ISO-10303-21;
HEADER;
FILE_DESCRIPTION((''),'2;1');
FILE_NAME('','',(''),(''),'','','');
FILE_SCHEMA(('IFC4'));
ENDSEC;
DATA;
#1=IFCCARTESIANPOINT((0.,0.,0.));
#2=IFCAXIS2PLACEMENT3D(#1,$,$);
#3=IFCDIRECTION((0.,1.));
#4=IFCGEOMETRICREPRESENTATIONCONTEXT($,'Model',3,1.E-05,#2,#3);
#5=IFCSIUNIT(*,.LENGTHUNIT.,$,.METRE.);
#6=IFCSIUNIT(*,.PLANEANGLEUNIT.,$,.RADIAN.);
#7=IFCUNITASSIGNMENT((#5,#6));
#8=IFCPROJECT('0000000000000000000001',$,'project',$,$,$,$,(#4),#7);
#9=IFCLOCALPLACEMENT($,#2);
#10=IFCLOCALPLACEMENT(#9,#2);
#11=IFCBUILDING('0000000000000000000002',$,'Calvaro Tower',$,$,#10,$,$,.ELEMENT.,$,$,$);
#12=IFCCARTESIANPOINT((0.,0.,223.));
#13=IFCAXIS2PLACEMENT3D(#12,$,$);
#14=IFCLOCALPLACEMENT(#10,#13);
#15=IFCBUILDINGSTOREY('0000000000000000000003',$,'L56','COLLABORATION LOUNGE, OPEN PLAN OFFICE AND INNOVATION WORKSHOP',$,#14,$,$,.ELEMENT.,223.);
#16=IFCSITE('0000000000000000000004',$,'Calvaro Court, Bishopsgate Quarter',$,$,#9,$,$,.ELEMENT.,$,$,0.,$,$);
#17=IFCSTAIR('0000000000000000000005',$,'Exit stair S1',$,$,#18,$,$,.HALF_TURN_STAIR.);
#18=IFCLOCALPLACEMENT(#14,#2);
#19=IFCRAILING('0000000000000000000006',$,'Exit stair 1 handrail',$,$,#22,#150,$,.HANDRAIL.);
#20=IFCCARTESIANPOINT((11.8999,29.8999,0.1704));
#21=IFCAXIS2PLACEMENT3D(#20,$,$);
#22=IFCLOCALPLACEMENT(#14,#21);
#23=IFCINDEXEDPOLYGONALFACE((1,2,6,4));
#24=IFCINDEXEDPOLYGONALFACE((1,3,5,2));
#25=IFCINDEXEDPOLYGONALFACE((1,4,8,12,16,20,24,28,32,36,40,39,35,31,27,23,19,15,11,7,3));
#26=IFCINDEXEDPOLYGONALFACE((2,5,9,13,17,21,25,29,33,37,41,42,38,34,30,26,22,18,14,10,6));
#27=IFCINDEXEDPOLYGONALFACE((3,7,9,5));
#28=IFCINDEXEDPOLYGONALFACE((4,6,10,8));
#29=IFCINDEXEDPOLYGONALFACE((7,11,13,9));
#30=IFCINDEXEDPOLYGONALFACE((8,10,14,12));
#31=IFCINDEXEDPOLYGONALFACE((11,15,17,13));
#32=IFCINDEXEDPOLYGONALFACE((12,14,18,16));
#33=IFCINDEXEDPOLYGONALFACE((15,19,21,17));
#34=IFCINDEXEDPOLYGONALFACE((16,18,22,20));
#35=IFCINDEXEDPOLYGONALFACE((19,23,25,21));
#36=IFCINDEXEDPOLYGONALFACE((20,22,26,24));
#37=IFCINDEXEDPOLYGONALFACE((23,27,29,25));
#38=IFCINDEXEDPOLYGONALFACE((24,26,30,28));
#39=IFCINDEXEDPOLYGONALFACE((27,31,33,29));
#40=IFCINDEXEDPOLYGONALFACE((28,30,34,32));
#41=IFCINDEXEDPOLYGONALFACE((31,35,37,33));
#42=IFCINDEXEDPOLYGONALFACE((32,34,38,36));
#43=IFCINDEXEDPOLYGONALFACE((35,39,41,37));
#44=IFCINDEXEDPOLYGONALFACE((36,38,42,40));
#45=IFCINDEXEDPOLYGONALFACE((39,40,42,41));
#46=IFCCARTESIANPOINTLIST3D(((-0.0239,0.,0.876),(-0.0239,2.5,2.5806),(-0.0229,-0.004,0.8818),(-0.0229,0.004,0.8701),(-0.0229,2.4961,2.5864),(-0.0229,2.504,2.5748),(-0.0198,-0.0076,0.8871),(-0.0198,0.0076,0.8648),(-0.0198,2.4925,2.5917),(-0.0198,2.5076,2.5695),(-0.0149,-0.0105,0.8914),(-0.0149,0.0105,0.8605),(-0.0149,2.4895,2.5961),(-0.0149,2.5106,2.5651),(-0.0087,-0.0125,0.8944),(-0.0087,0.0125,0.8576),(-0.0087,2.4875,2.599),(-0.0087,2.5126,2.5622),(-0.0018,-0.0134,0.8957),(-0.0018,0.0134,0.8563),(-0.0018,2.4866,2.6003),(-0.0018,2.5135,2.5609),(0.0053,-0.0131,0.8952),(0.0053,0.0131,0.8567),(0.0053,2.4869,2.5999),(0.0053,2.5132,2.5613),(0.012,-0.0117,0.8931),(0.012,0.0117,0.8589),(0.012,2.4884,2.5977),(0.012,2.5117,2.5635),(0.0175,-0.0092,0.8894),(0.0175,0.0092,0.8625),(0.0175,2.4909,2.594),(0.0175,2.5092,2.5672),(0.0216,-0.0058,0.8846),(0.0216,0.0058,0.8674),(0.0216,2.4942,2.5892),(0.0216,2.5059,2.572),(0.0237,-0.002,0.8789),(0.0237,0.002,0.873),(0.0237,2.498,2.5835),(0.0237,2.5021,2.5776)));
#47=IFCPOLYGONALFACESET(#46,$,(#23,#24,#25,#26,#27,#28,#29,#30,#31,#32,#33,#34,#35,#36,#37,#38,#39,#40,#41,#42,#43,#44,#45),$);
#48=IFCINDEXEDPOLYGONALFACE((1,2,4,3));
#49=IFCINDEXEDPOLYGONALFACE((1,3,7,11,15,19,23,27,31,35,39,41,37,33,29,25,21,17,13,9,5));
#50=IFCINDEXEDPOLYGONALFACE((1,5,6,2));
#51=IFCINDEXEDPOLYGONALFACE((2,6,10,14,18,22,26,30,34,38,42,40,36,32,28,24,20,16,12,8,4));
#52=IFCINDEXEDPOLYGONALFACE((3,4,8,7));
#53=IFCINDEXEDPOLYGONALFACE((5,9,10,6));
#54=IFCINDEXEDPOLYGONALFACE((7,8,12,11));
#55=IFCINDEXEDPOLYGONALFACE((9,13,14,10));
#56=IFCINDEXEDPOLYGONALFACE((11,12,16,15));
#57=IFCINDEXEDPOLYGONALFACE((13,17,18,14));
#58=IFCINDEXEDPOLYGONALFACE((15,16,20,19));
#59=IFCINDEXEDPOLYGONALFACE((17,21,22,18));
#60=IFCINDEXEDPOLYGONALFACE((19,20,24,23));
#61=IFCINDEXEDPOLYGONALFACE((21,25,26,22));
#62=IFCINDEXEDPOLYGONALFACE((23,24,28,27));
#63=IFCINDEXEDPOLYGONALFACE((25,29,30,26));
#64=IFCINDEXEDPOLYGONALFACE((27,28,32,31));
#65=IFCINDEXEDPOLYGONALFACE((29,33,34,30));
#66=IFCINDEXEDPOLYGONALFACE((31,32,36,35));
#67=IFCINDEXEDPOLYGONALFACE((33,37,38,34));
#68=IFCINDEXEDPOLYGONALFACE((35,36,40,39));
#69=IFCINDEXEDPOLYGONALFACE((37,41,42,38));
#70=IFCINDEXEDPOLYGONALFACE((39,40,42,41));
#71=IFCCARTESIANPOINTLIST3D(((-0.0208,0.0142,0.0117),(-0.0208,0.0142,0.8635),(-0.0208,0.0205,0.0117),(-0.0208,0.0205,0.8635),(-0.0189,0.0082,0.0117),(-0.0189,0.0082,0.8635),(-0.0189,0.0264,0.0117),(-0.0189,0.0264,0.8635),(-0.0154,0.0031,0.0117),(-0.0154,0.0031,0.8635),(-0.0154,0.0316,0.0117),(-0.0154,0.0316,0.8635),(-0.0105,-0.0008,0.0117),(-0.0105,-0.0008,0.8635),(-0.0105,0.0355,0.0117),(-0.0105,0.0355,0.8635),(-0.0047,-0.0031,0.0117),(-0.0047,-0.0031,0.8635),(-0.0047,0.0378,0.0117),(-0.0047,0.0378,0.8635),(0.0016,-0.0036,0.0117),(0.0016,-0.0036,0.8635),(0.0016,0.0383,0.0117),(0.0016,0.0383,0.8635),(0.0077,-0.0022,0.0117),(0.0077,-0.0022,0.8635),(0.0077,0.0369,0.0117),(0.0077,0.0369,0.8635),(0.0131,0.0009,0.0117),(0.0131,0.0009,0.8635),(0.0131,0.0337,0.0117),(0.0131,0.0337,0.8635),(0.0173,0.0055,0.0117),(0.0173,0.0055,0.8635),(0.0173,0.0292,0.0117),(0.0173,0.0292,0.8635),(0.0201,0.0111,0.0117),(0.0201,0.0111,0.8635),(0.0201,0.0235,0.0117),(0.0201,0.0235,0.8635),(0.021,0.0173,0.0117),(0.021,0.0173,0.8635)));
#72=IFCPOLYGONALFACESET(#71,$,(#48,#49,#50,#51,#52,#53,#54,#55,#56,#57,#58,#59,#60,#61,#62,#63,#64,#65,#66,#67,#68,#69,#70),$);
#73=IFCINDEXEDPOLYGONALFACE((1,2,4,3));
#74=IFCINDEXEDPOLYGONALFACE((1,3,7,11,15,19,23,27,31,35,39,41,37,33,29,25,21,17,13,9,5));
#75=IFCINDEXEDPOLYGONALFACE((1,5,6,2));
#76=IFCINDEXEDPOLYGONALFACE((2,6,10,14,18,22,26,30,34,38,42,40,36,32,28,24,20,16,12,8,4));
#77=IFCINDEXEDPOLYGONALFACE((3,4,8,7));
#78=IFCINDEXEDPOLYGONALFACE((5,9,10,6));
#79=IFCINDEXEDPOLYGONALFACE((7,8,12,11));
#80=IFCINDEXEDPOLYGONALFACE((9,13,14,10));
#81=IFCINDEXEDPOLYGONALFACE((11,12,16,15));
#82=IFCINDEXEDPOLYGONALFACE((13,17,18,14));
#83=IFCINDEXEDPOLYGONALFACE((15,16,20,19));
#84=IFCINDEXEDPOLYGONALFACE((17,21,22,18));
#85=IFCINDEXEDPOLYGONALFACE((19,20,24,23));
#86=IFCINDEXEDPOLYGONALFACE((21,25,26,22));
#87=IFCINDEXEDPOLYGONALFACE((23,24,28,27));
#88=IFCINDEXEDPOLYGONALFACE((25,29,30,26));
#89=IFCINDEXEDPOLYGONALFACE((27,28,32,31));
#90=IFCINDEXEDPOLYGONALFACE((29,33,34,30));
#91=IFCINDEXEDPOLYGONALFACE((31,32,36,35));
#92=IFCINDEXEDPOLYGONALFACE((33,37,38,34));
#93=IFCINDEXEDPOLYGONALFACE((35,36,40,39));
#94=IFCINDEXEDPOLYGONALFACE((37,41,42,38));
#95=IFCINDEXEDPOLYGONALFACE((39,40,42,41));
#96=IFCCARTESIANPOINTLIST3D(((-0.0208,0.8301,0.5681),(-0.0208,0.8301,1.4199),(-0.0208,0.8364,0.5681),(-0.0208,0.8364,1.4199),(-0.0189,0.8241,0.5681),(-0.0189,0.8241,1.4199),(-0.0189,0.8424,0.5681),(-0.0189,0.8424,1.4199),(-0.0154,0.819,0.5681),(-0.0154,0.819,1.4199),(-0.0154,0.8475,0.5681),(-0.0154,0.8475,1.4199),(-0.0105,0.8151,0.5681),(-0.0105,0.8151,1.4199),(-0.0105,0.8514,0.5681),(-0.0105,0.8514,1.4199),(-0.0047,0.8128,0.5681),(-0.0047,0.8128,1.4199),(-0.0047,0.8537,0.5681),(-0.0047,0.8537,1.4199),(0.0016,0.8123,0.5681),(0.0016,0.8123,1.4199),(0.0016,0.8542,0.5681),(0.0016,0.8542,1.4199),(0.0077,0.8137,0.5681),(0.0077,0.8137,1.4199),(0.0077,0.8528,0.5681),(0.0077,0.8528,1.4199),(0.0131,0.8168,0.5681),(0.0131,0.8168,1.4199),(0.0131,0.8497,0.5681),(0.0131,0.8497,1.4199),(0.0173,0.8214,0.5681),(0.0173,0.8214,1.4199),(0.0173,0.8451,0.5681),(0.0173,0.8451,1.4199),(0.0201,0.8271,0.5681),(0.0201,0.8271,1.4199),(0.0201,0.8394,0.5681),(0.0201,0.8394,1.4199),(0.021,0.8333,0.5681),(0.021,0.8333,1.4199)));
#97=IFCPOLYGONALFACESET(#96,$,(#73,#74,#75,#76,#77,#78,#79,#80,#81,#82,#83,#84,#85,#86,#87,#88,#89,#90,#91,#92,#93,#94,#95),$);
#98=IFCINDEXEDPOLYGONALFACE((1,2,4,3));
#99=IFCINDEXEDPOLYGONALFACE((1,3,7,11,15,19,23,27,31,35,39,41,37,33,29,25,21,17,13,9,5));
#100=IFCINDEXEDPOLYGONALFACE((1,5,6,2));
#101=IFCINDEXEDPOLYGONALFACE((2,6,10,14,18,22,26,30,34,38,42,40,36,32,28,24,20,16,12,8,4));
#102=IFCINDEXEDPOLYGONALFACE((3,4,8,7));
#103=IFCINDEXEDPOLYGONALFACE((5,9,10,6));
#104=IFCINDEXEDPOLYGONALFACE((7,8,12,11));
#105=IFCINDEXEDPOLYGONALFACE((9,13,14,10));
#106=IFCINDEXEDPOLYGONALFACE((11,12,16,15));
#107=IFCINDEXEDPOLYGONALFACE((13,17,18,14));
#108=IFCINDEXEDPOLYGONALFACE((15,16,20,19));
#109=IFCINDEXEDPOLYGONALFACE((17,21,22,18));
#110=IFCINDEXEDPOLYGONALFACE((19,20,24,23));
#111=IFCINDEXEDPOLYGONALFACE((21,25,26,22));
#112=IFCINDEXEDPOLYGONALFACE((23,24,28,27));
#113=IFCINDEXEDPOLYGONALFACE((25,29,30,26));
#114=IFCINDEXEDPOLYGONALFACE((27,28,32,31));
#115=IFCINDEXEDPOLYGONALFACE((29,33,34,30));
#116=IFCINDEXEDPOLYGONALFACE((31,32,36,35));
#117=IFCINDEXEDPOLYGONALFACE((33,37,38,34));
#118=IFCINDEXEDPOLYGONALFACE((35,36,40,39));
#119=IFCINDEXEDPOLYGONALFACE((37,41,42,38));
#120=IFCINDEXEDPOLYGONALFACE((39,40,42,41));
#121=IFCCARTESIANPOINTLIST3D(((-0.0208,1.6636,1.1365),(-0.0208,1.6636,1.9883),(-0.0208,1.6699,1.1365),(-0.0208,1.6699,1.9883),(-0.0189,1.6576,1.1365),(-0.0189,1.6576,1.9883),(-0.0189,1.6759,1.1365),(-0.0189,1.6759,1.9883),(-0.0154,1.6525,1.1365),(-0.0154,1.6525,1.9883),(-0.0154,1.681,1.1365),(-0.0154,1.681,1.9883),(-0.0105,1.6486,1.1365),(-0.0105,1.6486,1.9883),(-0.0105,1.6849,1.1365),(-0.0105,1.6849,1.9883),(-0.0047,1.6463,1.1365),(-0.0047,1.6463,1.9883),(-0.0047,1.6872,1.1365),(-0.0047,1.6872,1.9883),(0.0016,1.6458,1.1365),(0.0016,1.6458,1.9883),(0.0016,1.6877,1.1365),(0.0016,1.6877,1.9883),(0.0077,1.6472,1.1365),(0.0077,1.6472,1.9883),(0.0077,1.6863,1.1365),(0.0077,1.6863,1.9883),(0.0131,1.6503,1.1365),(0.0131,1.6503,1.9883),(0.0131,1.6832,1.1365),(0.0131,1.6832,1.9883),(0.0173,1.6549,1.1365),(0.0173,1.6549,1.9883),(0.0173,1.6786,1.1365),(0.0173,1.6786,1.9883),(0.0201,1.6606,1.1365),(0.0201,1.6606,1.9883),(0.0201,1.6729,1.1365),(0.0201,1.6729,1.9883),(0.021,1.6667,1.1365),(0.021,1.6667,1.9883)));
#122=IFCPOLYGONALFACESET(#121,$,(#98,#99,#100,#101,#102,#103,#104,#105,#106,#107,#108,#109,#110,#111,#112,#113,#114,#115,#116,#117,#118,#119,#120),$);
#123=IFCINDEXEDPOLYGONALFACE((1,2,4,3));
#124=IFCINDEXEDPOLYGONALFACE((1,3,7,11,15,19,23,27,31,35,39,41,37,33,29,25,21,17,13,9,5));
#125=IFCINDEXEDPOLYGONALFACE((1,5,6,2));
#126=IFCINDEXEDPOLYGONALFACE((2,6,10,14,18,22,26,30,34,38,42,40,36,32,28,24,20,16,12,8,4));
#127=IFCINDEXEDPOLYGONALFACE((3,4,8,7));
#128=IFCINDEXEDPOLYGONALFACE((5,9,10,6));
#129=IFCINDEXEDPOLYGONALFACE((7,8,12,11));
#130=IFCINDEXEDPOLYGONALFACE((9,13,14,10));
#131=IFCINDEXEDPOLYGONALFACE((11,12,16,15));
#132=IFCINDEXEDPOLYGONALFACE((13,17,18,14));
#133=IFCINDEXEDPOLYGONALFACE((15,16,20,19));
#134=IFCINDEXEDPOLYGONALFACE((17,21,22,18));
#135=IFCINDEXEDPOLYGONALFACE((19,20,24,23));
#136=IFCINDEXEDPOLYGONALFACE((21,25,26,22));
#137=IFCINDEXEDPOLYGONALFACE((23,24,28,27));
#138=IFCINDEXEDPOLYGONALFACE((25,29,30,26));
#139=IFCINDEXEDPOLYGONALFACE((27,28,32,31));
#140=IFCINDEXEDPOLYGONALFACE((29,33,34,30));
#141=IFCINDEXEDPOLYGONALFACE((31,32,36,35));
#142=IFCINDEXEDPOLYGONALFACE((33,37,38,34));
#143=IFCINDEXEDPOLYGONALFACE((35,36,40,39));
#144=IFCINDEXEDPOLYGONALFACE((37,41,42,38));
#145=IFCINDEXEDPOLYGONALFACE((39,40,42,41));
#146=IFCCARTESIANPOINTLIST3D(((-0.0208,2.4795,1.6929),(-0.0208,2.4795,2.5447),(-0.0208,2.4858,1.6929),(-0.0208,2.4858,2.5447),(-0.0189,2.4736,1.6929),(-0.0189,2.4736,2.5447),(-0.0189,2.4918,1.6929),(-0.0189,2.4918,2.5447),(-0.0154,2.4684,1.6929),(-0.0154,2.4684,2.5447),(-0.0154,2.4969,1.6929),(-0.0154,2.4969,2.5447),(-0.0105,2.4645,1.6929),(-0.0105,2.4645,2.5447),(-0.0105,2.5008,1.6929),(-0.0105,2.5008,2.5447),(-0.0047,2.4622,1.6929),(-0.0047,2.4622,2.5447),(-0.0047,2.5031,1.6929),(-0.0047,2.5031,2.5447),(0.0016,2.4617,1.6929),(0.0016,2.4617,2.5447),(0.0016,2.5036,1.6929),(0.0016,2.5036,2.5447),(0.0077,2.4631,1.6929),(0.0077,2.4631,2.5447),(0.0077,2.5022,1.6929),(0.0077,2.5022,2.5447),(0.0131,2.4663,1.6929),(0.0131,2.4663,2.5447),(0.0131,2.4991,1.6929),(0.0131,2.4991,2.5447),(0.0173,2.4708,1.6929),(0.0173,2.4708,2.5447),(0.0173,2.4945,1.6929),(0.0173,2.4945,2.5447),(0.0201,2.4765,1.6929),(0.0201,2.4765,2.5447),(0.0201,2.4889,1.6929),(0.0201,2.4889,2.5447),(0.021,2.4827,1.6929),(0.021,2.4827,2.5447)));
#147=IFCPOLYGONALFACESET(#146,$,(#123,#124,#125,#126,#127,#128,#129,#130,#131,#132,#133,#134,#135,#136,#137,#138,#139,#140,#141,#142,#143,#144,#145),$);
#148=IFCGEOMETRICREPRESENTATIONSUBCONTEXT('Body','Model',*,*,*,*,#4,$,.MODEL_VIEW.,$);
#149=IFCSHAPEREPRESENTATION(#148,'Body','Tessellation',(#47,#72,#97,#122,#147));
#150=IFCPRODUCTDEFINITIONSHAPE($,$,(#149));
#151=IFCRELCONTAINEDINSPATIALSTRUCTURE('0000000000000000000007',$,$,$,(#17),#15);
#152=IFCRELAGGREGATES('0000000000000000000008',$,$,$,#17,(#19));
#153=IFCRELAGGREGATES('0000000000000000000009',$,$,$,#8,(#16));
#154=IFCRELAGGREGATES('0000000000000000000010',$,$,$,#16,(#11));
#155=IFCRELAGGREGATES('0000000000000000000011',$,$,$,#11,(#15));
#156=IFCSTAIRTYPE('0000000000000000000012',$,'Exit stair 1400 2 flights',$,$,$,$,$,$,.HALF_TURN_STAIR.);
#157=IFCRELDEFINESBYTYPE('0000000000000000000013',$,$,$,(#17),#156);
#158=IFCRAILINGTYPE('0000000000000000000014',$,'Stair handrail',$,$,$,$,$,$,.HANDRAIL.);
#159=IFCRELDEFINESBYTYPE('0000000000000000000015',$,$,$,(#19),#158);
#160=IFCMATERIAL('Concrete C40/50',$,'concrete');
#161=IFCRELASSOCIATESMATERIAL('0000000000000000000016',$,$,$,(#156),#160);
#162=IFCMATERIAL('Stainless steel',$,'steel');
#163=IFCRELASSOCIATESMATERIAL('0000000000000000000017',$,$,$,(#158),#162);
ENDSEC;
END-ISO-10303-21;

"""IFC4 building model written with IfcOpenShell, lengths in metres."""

from ifc_helpers import new_model, si_unit, direction, frame, origin, origin_2d, place, context, subcontext, project, spatial, circle, extrude, material, type_object, element, aggregate, save


model = new_model("IFC4")

# Units and contexts
model_context = context("Model", 3, precision=1e-05, world=origin(), true_north=direction((0.0, 1.0)))
body_context = subcontext(model_context, "Body", "Model", "MODEL_VIEW")
ifc_project = project(units=[si_unit("LENGTHUNIT", "METRE"), si_unit("PLANEANGLEUNIT", "RADIAN")], contexts=[model_context])

# Site, building, storey
site_placement = place(None, origin())
site = spatial("IfcSite", under=ifc_project, at=site_placement, Name="Calvaro Court, Bishopsgate Quarter", CompositionType="ELEMENT", RefElevation=0.0)
building_placement = place(site_placement, origin())
building = spatial("IfcBuilding", under=site, at=building_placement, Name="Calvaro Tower", CompositionType="ELEMENT")
storey_placement = place(building_placement, frame((0.0, 0.0, 223.0)))
storey = spatial("IfcBuildingStorey", under=building, at=storey_placement, Name="L56", Description="COLLABORATION LOUNGE, OPEN PLAN OFFICE AND INNOVATION WORKSHOP", CompositionType="ELEMENT", Elevation=223.0)

# Stair, railing
ifc_material_1 = material(Name="Concrete C40/50", Category="concrete")
stair_type = type_object("IfcStairType", Name="Exit stair 1400 2 flights", PredefinedType="HALF_TURN_STAIR", material=ifc_material_1)
stair_placement = place(storey_placement, origin())
stair = element("IfcStair", 1, at=stair_placement, inside=storey, type_object=stair_type, Name="Exit stair S1", PredefinedType="HALF_TURN_STAIR")
ifc_material_2 = material(Name="Stainless steel", Category="steel")
railing_type = type_object("IfcRailingType", Name="Stair handrail", PredefinedType="HANDRAIL", material=ifc_material_2)
railing_1_placement = place(storey_placement, frame((11.8999, 29.8999, 0.1704)))
railing_1 = element("IfcRailing", 2, at=railing_1_placement, type_object=railing_type, Name="Exit stair 1 handrail", PredefinedType="HANDRAIL", context=body_context, shape_type="SweptSolid", body=[
    extrude(circle(Radius=0.0239, at=origin_2d()), frame((0.0, 0.0, 0.876), z_axis=(0.0, 0.826221, 0.563347), x_axis=(-1.0, 0.0, 0.0)), (0.0, 0.0, 1.0), 3.0259),
    extrude(circle(Radius=0.021, at=origin_2d()), frame((0.0, 0.0173, 0.0117)), (0.0, 0.0, 1.0), 0.8518),
    extrude(circle(Radius=0.021, at=origin_2d()), frame((0.0, 0.8333, 0.5681)), (0.0, 0.0, 1.0), 0.8518),
    extrude(circle(Radius=0.021, at=origin_2d()), frame((0.0, 1.6667, 1.1365)), (0.0, 0.0, 1.0), 0.8518),
    extrude(circle(Radius=0.021, at=origin_2d()), frame((0.0, 2.4827, 1.6929)), (0.0, 0.0, 1.0), 0.8518),
])
aggregate(stair, [railing_1])

save(model, "model.ifc")
